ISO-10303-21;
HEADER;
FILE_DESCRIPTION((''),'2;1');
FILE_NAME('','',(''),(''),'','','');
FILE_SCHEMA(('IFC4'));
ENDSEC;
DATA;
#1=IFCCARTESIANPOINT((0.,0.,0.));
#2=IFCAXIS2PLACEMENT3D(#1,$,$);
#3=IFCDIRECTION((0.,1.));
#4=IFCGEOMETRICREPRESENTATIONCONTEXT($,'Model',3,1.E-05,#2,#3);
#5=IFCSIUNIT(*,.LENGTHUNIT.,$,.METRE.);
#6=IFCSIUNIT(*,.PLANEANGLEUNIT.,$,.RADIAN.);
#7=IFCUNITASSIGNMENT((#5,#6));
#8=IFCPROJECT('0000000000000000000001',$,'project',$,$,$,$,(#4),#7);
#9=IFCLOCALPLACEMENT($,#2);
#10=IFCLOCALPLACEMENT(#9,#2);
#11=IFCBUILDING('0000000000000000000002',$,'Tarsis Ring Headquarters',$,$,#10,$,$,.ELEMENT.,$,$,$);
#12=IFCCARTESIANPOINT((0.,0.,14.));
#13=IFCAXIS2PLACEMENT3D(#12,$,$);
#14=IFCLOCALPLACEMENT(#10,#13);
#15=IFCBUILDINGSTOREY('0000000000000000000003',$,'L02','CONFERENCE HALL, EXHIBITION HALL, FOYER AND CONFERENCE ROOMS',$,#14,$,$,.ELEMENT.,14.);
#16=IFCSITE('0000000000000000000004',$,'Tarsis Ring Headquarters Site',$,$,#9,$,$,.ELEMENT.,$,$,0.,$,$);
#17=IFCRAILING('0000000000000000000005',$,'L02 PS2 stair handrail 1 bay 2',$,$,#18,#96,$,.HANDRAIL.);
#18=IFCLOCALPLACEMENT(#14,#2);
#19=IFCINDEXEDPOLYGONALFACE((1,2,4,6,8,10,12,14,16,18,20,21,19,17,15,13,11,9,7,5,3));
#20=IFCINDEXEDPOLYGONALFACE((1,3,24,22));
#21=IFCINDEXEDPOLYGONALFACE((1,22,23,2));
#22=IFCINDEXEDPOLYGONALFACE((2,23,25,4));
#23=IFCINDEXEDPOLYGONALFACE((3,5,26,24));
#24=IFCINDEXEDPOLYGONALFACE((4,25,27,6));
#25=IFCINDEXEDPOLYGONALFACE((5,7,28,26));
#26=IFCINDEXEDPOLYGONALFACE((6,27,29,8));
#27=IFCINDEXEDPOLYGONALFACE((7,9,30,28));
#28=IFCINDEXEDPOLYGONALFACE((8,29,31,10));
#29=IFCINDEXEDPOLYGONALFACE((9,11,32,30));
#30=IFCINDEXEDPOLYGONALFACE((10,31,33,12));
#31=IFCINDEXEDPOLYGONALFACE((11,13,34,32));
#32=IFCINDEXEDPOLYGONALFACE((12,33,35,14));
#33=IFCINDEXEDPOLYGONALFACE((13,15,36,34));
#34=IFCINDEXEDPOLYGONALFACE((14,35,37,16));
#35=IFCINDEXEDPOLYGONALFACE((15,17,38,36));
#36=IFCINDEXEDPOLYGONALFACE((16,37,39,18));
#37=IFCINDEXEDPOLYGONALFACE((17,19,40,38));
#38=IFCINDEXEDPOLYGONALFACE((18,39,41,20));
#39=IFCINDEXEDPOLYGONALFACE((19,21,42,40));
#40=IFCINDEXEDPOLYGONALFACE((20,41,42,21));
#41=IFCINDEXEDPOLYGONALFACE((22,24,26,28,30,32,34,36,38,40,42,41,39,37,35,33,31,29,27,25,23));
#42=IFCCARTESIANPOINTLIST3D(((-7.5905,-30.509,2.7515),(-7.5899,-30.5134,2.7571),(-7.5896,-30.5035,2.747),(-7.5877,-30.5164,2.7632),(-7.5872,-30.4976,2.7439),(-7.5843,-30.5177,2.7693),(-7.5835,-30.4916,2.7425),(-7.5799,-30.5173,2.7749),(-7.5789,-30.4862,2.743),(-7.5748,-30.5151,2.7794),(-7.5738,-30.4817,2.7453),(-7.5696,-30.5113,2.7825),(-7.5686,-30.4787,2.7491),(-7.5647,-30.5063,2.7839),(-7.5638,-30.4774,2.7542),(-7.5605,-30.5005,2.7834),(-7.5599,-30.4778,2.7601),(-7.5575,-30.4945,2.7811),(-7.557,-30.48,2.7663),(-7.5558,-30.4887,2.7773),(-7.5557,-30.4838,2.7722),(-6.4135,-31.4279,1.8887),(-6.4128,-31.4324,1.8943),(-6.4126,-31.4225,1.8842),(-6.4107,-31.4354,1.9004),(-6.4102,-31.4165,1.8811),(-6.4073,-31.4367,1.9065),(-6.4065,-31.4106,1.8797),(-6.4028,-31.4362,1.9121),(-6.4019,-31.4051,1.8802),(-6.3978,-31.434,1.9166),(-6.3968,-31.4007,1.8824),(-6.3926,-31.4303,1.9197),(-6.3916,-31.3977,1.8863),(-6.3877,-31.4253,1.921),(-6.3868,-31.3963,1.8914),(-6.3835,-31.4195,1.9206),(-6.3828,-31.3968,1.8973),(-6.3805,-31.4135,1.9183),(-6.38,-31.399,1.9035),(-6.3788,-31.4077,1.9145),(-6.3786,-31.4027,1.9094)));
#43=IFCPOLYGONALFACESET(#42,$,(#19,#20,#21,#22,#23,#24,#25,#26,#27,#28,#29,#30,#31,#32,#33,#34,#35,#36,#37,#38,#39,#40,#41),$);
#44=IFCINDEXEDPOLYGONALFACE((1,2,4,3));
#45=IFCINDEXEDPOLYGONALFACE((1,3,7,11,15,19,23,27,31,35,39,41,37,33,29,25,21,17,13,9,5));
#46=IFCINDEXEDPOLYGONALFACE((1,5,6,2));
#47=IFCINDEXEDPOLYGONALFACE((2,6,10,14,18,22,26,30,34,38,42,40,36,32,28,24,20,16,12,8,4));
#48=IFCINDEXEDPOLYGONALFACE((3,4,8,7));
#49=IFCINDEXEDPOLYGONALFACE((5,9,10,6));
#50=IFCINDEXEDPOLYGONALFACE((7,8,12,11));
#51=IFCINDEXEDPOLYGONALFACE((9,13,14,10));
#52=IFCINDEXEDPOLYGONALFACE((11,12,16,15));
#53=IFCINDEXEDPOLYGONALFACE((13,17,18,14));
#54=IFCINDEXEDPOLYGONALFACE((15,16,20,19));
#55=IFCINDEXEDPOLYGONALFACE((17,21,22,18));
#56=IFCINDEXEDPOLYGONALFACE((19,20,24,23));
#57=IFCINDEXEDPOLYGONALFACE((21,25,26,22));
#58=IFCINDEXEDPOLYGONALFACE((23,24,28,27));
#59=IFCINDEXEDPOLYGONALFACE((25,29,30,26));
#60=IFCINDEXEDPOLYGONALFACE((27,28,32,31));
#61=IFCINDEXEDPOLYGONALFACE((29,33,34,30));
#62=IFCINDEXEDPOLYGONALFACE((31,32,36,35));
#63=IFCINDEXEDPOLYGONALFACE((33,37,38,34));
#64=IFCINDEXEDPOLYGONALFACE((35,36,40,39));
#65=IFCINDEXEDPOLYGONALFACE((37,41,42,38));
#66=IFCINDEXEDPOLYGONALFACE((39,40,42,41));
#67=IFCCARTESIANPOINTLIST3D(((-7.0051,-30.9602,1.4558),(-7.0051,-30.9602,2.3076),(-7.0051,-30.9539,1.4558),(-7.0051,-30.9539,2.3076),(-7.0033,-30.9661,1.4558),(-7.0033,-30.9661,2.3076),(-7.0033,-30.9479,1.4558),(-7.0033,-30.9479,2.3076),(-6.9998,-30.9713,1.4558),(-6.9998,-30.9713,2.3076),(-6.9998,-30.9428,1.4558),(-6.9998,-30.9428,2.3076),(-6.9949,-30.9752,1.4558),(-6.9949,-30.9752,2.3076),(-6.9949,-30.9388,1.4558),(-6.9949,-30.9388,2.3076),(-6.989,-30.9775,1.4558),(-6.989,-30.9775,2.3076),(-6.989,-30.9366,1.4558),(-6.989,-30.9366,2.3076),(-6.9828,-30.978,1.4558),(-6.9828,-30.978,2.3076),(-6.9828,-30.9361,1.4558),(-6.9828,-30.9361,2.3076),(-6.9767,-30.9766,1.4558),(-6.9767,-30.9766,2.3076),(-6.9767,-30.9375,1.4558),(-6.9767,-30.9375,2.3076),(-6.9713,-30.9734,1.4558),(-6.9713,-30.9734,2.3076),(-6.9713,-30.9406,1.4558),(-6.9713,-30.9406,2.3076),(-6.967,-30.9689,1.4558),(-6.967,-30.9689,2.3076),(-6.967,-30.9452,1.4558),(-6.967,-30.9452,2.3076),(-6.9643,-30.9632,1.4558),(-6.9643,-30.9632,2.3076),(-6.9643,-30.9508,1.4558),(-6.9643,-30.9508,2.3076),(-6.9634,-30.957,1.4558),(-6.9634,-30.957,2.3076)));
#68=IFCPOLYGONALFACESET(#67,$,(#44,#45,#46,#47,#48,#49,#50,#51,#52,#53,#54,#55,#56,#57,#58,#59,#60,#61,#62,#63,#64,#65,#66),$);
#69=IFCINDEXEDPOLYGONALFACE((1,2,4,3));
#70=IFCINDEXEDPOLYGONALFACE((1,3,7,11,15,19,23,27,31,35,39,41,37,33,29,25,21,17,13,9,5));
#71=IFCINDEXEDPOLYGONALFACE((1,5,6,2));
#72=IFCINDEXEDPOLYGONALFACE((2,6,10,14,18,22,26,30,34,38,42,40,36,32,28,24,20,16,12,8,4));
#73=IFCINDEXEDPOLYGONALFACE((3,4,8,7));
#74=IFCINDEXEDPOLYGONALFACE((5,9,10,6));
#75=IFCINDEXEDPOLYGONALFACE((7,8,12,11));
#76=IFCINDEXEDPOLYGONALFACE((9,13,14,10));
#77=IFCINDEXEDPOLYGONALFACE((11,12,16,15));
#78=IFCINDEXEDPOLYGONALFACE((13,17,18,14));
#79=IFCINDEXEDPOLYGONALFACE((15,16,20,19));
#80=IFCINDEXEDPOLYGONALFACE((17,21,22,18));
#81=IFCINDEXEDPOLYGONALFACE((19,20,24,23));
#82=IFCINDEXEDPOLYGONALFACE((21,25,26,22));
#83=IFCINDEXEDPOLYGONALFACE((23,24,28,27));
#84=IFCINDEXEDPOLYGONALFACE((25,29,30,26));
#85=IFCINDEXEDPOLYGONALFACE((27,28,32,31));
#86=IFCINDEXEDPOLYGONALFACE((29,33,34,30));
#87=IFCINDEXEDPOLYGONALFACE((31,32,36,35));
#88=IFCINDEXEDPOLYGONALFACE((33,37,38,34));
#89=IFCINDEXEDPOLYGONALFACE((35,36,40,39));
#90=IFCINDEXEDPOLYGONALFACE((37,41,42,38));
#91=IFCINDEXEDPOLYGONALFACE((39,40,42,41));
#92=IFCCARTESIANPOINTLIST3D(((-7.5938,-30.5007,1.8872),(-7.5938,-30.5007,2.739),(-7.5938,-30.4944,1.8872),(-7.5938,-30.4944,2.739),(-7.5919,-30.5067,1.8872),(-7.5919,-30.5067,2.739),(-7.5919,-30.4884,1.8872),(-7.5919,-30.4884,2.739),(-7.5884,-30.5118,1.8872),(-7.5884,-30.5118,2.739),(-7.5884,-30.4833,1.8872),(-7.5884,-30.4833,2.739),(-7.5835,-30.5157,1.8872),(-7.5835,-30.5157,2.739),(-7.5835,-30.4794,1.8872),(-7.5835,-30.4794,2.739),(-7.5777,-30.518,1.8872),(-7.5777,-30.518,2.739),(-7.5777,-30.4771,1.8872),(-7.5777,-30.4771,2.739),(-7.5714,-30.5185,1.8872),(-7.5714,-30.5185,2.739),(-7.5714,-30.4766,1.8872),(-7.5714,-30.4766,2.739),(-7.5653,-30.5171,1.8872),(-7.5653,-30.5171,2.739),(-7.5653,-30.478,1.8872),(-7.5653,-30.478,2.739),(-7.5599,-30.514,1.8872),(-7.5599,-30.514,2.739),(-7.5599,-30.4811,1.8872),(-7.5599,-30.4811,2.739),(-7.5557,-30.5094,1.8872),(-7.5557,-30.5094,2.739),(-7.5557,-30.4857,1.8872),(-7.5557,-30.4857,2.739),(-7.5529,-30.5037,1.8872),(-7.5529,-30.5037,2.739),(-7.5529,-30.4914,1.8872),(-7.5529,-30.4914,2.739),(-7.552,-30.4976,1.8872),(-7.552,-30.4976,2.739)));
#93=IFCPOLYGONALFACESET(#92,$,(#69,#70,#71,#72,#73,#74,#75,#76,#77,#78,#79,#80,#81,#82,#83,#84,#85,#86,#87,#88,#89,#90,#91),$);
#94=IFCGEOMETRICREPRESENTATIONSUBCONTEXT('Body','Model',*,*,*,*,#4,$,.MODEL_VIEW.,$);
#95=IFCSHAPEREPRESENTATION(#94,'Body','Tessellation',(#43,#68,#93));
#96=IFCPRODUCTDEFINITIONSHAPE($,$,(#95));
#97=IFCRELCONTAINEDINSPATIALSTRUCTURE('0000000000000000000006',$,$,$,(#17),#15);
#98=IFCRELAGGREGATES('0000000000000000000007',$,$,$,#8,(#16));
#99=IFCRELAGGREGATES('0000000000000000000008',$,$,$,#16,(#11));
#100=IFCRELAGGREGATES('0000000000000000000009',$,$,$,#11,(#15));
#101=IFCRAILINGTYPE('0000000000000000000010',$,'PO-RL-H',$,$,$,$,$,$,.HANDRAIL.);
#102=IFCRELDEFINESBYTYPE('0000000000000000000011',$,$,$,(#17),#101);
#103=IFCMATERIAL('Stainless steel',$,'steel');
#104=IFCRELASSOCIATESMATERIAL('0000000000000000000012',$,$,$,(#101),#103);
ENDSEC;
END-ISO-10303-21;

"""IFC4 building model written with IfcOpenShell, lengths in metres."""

from ifc_helpers import new_model, si_unit, direction, frame, origin, origin_2d, place, context, subcontext, project, spatial, circle, extrude, material, type_object, element, save


model = new_model("IFC4")

# Units and contexts
model_context = context("Model", 3, precision=1e-05, world=origin(), true_north=direction((0.0, 1.0)))
body_context = subcontext(model_context, "Body", "Model", "MODEL_VIEW")
ifc_project = project(units=[si_unit("LENGTHUNIT", "METRE"), si_unit("PLANEANGLEUNIT", "RADIAN")], contexts=[model_context])

# Site, building, storey
site_placement = place(None, origin())
site = spatial("IfcSite", under=ifc_project, at=site_placement, Name="Tarsis Ring Headquarters Site", CompositionType="ELEMENT", RefElevation=0.0)
building_placement = place(site_placement, origin())
building = spatial("IfcBuilding", under=site, at=building_placement, Name="Tarsis Ring Headquarters", CompositionType="ELEMENT")
storey_placement = place(building_placement, frame((0.0, 0.0, 14.0)))
storey = spatial("IfcBuildingStorey", under=building, at=storey_placement, Name="L02", Description="CONFERENCE HALL, EXHIBITION HALL, FOYER AND CONFERENCE ROOMS", CompositionType="ELEMENT", Elevation=14.0)

# Railing
ifc_material_1 = material(Name="Stainless steel", Category="steel")
railing_type_1 = type_object("IfcRailingType", Name="PO-RL-H", PredefinedType="HANDRAIL", material=ifc_material_1)
railing_1_placement = place(storey_placement, frame((-6.396, -31.4165, 1.0244)))
element("IfcRailing", 1, at=railing_1_placement, inside=storey, type_object=railing_type_1, Name="L02 PS2 stair handrail 1 bay 2", PredefinedType="HANDRAIL", context=body_context, shape_type="SweptSolid", body=[
    extrude(circle(Radius=0.0239, at=origin_2d()), frame((0.0, 0.0, 0.876), z_axis=(-0.682483, 0.532849, 0.500289), x_axis=(-0.6154, -0.788215, 0.0)), (0.0, 0.0, 1.0), 1.7246),
    extrude(circle(Radius=0.021, at=origin_2d()), frame((-0.5884, 0.4595, 0.4314)), (0.0, 0.0, 1.0), 0.8518),
    extrude(circle(Radius=0.021, at=origin_2d()), frame((-1.177, 0.9189, 0.8628)), (0.0, 0.0, 1.0), 0.8518),
])

save(model, "model.ifc")
